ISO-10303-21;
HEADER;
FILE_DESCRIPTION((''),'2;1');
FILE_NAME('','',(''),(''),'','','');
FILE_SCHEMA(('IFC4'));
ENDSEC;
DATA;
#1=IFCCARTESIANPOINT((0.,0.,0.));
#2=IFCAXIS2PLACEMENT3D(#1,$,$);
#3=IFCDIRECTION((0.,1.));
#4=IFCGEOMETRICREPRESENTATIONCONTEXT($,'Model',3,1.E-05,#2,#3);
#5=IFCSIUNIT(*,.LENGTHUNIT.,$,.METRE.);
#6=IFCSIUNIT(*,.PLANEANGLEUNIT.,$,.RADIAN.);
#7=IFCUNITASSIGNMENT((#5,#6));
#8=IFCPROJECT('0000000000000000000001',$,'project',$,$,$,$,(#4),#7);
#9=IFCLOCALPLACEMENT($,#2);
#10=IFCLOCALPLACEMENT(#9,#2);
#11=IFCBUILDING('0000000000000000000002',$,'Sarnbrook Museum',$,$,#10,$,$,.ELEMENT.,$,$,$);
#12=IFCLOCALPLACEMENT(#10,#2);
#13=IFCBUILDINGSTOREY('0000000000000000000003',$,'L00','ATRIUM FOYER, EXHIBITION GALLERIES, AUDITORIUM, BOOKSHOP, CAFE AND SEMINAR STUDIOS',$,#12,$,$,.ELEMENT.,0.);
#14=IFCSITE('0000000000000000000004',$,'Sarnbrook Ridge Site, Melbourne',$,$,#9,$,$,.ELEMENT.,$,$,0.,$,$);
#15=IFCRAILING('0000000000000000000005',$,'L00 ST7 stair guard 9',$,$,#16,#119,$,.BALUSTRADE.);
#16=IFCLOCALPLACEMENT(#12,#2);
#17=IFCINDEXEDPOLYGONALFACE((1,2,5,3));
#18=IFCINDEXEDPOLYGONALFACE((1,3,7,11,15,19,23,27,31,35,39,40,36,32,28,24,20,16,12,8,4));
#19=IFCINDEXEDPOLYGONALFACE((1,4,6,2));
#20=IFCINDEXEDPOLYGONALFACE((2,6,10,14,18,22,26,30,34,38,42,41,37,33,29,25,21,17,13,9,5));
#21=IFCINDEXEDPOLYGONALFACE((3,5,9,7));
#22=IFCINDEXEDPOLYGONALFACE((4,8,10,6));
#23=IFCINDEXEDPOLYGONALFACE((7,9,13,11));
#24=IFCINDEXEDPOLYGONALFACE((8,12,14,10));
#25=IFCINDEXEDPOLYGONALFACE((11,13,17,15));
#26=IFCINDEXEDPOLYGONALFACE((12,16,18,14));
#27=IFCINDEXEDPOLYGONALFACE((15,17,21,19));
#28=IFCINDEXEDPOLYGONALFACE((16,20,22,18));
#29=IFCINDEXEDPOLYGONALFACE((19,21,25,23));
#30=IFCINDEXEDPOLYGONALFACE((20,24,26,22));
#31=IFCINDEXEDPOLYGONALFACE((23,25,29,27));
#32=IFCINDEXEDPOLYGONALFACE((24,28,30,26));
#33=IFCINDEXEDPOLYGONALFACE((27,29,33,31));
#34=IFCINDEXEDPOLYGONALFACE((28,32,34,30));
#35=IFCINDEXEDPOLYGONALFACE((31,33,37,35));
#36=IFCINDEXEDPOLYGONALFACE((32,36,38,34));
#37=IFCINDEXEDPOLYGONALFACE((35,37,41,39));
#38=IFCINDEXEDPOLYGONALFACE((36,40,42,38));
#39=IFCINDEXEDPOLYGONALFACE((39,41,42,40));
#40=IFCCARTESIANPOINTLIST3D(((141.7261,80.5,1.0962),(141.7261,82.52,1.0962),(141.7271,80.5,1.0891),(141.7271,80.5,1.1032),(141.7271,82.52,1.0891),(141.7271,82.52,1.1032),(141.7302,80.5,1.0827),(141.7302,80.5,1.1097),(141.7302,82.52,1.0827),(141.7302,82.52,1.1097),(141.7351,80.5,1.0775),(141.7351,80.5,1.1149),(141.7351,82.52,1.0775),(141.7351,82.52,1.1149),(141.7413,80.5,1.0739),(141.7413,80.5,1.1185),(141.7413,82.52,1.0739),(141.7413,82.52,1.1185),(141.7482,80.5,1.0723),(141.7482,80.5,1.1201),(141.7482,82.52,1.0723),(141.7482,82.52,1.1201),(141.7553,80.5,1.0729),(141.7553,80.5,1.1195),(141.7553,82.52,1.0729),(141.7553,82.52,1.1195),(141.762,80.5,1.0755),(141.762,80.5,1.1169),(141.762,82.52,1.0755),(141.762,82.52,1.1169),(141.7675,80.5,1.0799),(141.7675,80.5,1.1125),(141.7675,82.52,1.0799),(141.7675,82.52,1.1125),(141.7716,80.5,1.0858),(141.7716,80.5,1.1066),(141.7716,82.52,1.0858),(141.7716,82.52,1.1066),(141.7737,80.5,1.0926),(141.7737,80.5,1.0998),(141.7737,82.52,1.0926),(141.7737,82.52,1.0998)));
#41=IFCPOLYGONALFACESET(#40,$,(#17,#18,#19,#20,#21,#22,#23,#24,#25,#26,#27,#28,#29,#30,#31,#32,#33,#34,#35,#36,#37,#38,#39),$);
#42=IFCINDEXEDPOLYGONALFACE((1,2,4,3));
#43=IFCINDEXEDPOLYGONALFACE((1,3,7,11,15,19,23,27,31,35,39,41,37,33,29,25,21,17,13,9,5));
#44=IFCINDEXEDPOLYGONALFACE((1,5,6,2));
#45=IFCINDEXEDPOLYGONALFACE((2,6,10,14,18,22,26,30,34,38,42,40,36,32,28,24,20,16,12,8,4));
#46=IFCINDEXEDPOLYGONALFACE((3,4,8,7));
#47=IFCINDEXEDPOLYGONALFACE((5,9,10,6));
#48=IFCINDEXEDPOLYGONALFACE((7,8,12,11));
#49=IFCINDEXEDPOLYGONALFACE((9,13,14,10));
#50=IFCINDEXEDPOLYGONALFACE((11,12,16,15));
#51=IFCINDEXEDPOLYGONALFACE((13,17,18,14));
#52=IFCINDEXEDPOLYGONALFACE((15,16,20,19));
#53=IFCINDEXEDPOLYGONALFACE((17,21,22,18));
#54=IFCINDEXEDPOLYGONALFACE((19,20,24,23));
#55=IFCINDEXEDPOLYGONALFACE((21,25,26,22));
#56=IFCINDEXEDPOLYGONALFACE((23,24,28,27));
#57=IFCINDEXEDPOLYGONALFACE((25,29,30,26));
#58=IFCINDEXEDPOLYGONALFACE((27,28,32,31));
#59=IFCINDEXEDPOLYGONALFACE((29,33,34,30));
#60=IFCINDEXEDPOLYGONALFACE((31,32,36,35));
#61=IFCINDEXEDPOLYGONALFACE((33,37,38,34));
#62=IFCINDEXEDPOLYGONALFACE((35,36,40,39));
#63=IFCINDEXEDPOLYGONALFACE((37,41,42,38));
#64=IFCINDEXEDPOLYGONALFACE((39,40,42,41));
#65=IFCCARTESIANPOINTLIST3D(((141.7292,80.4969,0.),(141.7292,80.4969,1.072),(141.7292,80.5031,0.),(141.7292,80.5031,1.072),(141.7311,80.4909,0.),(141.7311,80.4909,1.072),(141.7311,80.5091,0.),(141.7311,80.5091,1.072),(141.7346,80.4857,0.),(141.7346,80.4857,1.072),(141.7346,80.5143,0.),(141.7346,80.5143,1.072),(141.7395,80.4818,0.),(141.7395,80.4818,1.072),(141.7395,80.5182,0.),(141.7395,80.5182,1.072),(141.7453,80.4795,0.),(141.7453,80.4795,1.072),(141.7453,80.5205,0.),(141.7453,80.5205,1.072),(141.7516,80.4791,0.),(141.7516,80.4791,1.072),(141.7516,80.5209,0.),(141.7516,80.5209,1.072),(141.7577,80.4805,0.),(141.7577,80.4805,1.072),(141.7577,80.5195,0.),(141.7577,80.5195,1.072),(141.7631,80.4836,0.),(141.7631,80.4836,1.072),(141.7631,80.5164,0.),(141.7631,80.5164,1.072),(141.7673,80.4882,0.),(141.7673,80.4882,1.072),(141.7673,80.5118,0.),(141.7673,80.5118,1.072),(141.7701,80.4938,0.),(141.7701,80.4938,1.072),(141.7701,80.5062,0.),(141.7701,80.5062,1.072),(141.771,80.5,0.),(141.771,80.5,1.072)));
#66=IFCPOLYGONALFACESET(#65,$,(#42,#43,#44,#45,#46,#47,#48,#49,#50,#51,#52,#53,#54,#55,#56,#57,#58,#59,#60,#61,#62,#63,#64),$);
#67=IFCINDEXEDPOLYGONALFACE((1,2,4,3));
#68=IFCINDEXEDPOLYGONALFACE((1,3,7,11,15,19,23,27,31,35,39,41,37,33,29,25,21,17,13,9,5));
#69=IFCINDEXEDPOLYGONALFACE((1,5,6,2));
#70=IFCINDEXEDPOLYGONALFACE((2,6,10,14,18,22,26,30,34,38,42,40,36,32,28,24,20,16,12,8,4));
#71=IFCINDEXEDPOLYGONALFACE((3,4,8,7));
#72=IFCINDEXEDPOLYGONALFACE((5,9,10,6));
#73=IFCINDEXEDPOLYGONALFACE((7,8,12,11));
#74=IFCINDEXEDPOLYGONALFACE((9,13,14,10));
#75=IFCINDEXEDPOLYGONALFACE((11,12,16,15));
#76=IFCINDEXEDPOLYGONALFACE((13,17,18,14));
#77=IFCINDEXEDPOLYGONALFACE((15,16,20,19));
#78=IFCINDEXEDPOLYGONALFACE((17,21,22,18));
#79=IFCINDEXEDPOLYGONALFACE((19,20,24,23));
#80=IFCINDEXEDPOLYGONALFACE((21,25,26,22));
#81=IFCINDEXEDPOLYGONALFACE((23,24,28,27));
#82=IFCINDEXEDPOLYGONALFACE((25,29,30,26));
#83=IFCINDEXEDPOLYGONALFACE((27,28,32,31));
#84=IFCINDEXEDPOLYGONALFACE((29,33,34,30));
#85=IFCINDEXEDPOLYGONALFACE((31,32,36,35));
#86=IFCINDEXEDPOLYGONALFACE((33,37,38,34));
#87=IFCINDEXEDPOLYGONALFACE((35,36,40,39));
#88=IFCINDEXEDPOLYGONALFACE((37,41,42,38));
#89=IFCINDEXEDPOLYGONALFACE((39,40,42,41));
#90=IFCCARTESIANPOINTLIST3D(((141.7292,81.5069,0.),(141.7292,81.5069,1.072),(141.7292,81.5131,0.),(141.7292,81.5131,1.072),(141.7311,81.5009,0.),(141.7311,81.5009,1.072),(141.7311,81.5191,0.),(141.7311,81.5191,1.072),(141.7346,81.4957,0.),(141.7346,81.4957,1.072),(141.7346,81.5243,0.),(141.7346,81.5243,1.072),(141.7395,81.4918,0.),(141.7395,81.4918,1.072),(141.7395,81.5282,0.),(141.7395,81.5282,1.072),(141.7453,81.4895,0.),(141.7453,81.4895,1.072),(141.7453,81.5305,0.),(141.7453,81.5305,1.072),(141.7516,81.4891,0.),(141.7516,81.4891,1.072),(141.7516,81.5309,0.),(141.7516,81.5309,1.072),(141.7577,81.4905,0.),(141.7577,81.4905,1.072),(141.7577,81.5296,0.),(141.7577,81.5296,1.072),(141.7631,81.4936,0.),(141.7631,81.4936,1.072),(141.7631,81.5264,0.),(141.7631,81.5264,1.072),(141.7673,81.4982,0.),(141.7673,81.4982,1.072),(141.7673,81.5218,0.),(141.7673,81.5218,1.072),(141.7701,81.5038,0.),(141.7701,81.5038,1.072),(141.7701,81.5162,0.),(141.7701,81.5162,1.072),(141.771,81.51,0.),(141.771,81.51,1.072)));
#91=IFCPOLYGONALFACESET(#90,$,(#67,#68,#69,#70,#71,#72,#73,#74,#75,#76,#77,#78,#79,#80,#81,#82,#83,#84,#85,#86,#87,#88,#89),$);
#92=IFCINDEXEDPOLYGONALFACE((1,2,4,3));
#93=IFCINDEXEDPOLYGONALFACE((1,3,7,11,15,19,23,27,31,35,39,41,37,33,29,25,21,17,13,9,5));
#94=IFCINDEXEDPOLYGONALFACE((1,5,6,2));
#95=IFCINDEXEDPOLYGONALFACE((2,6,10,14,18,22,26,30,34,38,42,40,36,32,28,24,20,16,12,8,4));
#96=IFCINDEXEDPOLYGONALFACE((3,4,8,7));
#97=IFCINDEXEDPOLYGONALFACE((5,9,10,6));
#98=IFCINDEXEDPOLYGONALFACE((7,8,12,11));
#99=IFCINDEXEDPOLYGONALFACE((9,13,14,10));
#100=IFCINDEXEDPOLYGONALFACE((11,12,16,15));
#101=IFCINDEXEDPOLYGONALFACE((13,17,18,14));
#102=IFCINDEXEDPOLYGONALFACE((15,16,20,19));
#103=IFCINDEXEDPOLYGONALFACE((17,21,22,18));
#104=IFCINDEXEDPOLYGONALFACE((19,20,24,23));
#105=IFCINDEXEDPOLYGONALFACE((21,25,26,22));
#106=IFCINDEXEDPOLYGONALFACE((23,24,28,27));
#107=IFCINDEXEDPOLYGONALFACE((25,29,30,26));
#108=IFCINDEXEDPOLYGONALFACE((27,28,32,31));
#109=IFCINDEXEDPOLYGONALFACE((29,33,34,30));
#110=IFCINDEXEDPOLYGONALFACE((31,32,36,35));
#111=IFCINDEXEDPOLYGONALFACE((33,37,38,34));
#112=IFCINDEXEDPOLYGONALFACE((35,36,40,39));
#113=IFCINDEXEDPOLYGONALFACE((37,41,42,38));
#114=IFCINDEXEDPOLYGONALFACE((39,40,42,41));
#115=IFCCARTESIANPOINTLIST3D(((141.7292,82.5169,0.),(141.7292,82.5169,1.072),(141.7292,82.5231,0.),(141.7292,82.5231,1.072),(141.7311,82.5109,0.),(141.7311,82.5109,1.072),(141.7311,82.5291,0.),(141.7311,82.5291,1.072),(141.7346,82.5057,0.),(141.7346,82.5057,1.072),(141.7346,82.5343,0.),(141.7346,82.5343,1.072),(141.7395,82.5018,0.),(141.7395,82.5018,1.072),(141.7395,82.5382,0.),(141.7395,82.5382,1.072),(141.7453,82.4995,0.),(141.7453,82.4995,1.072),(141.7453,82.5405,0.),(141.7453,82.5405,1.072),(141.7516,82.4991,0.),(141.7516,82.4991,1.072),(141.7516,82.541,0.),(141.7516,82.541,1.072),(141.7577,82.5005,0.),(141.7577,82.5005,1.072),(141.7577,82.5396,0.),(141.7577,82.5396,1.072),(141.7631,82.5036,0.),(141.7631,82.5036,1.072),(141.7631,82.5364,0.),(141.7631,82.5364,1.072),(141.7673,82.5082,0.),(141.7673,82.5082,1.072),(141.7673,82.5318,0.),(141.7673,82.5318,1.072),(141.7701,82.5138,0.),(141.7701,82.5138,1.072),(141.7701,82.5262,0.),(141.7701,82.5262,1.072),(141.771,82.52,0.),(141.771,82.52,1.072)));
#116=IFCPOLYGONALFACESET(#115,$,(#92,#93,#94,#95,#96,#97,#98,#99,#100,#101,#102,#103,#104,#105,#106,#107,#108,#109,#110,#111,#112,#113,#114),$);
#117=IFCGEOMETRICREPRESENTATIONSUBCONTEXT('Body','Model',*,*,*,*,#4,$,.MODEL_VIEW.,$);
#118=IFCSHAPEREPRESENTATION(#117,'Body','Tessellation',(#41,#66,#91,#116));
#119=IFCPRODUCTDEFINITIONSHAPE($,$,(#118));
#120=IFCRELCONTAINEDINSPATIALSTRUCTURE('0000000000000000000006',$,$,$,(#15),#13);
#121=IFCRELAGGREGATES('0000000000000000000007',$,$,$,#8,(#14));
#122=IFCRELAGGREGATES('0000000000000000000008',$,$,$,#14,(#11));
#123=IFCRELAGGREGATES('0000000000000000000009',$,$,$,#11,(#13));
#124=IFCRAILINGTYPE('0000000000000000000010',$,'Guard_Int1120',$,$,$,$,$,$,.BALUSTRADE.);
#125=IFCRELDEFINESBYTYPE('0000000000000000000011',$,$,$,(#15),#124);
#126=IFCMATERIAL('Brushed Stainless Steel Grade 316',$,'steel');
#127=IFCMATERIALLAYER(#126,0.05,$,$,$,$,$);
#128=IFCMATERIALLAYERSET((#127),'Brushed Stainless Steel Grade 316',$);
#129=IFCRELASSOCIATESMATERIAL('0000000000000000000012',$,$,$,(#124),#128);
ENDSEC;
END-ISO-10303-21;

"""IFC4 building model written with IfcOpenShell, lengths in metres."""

from ifc_helpers import new_model, si_unit, direction, frame, origin, origin_2d, place, context, subcontext, project, spatial, circle, extrude, material, layer, layer_set, type_object, element, save


model = new_model("IFC4")

# Units and contexts
model_context = context("Model", 3, precision=1e-05, world=origin(), true_north=direction((0.0, 1.0)))
body_context = subcontext(model_context, "Body", "Model", "MODEL_VIEW")
ifc_project = project(units=[si_unit("LENGTHUNIT", "METRE"), si_unit("PLANEANGLEUNIT", "RADIAN")], contexts=[model_context])

# Site, building, storey
site_placement = place(None, origin())
site = spatial("IfcSite", under=ifc_project, at=site_placement, Name="Sarnbrook Ridge Site, Melbourne", CompositionType="ELEMENT", RefElevation=0.0)
building_placement = place(site_placement, origin())
building = spatial("IfcBuilding", under=site, at=building_placement, Name="Sarnbrook Museum", CompositionType="ELEMENT")
storey_placement = place(building_placement, origin())
storey = spatial("IfcBuildingStorey", under=building, at=storey_placement, Name="L00", Description="ATRIUM FOYER, EXHIBITION GALLERIES, AUDITORIUM, BOOKSHOP, CAFE AND SEMINAR STUDIOS", CompositionType="ELEMENT", Elevation=0.0)

# Railing
ifc_material_1 = material(Name="Brushed Stainless Steel Grade 316", Category="steel")
ifc_layer_1 = layer(ifc_material_1, 0.05)
ifc_layer_set_1 = layer_set([ifc_layer_1], Name="Brushed Stainless Steel Grade 316")
railing_type = type_object("IfcRailingType", Name="Guard_Int1120", PredefinedType="BALUSTRADE", material=ifc_layer_set_1)
for number, where, name in (
    (1, (141.75, 80.5, 0.0), "L00 ST7 stair guard 9"),
):
    element("IfcRailing", number, at=place(storey_placement, frame(where)), inside=storey, type_object=railing_type, Name=name, PredefinedType="BALUSTRADE", context=body_context, shape_type="SweptSolid", body=[
        extrude(circle(Radius=0.0239, at=origin_2d()), frame((0.0, 0.0, 1.0962), z_axis=(0.0, 1.0, 0.0), x_axis=(-1.0, 0.0, 0.0)), (0.0, 0.0, 1.0), 2.02),
        extrude(circle(Radius=0.021, at=origin_2d()), origin(), (0.0, 0.0, 1.0), 1.072),
        extrude(circle(Radius=0.021, at=origin_2d()), frame((0.0, 1.01, 0.0)), (0.0, 0.0, 1.0), 1.072),
        extrude(circle(Radius=0.021, at=origin_2d()), frame((0.0, 2.02, 0.0)), (0.0, 0.0, 1.0), 1.072),
    ])

save(model, "model.ifc")
